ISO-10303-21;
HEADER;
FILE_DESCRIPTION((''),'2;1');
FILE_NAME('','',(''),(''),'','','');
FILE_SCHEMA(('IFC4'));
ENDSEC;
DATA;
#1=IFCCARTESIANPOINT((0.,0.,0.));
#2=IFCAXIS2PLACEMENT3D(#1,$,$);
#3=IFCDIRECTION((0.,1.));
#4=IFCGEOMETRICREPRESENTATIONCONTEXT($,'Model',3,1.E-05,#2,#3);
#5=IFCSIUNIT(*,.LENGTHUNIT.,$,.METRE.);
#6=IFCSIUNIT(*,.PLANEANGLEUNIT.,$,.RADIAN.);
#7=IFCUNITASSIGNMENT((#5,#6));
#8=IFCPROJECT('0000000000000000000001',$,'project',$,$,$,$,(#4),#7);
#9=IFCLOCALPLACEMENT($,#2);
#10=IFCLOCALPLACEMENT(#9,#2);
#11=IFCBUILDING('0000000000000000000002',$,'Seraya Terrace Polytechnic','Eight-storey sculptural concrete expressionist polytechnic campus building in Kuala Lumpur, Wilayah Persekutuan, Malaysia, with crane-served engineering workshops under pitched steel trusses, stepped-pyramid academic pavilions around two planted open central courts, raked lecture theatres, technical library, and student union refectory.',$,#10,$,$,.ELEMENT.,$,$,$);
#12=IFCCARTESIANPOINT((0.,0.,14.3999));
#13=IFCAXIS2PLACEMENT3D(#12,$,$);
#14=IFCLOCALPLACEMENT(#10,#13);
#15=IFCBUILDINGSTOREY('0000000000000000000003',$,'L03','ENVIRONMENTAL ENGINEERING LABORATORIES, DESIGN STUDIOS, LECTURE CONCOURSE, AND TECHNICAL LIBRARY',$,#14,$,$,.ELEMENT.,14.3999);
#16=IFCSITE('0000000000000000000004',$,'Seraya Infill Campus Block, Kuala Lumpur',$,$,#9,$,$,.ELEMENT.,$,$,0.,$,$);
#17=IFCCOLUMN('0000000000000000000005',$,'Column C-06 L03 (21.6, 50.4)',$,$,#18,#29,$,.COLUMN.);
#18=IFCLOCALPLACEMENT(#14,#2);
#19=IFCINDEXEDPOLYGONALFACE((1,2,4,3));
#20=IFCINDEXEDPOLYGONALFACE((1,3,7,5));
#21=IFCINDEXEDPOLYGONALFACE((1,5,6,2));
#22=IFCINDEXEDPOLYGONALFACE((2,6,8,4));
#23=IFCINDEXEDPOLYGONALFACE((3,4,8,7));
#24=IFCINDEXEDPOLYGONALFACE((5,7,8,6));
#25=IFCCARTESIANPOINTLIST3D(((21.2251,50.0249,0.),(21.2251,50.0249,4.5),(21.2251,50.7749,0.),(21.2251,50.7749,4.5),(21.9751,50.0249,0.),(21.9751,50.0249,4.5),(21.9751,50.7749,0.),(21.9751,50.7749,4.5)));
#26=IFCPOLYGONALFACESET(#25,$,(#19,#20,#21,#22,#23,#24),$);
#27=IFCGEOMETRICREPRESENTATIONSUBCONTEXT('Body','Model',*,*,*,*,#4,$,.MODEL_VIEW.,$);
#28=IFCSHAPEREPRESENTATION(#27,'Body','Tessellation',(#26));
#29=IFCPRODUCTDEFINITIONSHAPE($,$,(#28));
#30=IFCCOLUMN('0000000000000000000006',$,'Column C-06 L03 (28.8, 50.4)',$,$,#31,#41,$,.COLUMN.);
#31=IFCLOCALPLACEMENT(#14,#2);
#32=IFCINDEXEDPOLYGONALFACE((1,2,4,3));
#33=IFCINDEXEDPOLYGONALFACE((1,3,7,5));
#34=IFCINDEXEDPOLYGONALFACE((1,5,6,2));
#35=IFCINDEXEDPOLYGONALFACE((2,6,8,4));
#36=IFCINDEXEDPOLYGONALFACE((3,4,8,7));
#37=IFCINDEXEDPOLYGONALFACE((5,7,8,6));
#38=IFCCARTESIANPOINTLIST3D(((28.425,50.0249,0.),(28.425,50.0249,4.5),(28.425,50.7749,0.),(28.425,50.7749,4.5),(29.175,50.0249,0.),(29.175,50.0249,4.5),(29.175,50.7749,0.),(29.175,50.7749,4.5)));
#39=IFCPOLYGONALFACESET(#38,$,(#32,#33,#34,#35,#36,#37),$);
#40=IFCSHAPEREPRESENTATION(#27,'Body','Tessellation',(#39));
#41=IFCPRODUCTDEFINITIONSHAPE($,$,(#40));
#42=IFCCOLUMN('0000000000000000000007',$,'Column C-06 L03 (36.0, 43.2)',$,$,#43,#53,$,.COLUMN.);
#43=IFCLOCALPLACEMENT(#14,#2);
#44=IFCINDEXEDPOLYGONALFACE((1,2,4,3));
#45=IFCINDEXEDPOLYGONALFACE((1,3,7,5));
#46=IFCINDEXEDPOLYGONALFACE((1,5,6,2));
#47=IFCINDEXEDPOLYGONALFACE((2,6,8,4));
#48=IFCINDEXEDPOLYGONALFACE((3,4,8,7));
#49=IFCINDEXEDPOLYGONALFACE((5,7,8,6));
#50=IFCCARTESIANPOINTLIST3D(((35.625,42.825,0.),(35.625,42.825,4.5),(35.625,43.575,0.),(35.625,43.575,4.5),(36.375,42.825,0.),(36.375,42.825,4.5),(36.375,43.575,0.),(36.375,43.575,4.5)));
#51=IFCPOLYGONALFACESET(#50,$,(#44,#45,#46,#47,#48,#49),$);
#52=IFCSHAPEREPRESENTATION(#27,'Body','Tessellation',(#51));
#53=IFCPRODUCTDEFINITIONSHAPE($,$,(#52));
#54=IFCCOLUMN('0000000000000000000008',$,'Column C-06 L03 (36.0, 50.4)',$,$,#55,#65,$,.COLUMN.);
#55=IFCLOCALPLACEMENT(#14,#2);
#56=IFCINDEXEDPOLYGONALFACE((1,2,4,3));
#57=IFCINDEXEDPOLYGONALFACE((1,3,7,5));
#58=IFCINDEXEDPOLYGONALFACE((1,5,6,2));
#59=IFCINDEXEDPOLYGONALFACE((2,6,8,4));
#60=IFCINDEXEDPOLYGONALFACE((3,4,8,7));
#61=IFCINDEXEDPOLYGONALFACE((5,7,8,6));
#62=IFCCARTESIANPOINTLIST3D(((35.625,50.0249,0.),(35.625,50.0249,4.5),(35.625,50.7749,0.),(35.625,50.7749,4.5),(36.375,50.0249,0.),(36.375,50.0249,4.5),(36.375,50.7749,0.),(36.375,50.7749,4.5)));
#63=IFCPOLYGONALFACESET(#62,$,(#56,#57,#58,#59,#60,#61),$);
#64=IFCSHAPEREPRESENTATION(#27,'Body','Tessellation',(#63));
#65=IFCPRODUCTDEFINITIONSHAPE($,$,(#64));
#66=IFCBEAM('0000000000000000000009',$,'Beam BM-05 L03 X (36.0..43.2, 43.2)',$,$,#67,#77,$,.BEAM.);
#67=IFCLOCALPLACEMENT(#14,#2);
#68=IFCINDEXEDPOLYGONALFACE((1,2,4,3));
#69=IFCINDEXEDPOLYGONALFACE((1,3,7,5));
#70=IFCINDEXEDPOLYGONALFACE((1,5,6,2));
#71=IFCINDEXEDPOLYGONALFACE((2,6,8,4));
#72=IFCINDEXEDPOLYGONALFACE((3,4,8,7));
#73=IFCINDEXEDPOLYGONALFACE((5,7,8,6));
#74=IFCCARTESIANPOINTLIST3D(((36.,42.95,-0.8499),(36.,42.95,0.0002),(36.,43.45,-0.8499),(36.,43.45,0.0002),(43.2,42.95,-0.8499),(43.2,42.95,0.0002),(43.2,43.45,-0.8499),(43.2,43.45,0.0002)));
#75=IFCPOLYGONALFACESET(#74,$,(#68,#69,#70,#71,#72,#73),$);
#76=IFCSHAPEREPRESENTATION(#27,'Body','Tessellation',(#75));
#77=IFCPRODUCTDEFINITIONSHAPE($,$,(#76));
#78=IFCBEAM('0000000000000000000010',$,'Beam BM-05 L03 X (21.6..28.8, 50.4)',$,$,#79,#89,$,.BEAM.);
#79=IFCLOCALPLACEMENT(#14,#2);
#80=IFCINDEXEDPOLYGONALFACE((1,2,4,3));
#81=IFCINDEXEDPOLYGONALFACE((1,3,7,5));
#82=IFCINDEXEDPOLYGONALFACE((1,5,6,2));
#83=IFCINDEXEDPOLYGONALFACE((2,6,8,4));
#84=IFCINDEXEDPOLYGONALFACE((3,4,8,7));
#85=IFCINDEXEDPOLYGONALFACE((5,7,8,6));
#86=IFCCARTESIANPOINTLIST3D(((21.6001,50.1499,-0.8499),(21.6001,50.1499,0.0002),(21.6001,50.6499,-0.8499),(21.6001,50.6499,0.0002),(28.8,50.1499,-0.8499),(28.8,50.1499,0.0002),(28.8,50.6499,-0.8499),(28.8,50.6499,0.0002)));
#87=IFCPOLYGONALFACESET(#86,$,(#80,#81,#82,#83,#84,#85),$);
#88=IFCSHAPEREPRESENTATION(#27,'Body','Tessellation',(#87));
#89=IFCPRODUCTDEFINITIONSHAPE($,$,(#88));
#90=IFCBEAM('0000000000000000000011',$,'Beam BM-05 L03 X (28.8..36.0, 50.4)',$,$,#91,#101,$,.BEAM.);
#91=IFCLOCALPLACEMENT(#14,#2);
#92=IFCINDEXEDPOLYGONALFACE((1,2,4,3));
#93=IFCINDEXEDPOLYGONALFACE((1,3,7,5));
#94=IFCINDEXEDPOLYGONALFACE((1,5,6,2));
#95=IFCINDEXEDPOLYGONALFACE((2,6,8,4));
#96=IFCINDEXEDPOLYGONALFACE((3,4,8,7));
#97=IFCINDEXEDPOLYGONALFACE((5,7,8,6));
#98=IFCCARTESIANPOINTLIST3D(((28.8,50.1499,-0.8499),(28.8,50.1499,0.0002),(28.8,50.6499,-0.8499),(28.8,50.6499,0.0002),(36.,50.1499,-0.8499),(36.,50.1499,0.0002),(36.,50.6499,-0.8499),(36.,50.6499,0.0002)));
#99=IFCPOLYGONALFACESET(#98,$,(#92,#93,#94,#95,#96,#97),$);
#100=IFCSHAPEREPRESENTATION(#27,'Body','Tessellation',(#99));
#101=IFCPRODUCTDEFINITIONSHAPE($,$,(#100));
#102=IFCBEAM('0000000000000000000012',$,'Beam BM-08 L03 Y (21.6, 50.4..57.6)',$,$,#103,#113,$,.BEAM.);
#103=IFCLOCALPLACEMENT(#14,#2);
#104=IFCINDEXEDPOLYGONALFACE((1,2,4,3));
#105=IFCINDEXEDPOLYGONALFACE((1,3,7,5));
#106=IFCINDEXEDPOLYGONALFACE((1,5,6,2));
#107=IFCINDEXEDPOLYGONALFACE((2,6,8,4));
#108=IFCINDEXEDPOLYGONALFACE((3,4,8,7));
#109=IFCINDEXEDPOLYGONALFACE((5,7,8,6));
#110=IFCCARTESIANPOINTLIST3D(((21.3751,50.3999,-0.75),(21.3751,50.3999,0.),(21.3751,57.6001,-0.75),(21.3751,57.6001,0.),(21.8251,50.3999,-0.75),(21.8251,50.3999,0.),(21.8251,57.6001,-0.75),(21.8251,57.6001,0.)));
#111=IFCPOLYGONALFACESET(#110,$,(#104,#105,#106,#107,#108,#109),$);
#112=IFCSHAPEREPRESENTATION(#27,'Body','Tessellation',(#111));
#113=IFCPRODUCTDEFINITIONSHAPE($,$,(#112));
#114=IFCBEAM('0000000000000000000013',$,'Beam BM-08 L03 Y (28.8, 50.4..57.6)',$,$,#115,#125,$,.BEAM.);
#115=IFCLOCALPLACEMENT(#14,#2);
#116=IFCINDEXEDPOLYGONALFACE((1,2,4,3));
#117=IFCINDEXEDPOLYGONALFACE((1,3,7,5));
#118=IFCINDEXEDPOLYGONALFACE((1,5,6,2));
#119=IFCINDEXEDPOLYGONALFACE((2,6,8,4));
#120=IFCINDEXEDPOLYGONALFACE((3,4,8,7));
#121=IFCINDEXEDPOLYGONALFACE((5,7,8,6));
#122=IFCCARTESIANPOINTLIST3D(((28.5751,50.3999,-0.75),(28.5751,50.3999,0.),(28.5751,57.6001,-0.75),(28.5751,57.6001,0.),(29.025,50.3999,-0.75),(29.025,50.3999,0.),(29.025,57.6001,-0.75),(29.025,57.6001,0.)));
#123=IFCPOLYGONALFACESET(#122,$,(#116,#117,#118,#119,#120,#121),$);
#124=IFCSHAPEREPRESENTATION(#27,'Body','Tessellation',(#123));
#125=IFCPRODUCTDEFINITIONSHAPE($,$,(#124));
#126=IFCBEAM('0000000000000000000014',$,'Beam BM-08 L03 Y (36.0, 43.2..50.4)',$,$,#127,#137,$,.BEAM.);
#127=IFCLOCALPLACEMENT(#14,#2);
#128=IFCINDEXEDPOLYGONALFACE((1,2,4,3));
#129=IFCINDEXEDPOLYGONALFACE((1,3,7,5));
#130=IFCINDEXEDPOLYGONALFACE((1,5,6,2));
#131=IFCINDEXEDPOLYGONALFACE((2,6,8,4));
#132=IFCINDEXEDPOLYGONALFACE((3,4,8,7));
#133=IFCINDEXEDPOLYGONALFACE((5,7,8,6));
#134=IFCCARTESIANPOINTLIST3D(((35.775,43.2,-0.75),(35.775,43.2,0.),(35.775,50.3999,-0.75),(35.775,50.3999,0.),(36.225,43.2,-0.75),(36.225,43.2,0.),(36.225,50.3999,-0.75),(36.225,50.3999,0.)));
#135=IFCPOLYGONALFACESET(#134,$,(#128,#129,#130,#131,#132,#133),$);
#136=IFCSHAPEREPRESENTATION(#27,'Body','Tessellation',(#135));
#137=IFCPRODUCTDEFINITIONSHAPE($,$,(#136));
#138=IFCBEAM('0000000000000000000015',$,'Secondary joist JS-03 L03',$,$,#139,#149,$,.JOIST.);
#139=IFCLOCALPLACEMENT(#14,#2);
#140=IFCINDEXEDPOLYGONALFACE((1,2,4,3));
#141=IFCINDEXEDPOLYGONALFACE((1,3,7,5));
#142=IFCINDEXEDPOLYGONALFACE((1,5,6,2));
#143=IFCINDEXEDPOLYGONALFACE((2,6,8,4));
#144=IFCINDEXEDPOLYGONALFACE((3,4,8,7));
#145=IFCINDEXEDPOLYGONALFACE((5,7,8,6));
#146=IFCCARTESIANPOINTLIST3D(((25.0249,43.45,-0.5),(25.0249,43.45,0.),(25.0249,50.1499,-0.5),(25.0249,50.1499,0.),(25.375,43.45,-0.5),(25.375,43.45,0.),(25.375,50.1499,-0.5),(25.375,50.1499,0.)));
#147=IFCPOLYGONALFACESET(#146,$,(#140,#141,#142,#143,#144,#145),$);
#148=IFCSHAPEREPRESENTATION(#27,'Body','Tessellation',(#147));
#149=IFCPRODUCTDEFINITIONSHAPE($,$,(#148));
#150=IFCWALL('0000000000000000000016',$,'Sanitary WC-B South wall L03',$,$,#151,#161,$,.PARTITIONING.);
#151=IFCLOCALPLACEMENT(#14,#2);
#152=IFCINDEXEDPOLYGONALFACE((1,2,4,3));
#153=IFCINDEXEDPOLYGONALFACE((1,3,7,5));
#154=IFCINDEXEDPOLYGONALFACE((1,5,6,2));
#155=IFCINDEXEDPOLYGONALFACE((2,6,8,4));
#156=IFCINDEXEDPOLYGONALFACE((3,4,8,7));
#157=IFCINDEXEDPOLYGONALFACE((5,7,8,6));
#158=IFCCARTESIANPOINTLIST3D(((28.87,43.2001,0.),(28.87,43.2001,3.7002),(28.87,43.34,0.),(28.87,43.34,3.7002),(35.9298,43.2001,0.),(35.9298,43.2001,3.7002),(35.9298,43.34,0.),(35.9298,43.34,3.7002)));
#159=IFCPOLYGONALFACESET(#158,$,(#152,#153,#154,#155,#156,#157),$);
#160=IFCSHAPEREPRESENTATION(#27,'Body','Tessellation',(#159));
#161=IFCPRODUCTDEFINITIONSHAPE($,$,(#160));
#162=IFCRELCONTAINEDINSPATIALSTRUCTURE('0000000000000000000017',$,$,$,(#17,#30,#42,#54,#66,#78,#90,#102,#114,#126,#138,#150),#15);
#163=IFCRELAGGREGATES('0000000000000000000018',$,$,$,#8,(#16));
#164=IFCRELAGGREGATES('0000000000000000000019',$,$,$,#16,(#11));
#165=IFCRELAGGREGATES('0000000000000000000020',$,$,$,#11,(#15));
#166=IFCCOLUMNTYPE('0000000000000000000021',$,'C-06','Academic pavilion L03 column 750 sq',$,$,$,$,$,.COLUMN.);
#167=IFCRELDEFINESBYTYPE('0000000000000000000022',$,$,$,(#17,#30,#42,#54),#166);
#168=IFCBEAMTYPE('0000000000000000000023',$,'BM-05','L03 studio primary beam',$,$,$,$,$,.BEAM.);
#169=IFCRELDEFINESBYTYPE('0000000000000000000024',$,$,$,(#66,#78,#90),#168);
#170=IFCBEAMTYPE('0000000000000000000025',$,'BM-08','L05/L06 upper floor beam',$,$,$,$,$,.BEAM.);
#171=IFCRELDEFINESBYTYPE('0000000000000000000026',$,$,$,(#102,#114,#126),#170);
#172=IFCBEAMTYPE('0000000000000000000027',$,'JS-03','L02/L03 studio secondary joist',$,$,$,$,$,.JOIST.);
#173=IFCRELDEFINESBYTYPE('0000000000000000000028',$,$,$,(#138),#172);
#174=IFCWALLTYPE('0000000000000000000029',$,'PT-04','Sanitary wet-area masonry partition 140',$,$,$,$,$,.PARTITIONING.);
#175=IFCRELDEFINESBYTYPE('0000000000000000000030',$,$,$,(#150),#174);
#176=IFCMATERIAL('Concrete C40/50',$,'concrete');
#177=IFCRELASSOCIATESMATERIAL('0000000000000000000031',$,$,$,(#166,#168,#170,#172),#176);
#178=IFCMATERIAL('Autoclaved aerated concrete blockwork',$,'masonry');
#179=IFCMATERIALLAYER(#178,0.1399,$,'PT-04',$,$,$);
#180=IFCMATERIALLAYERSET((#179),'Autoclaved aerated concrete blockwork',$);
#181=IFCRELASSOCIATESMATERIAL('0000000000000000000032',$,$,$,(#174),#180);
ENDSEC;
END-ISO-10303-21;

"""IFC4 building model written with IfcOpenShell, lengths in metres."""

from ifc_helpers import new_model, si_unit, direction, frame, frame_2d, origin, origin_2d, place, context, subcontext, project, spatial, rectangle, extrude, material, layer, layer_set, material_profile, profile_set, type_object, element, save


model = new_model("IFC4")

# Units and contexts
model_context = context("Model", 3, precision=1e-05, world=origin(), true_north=direction((0.0, 1.0)))
body_context = subcontext(model_context, "Body", "Model", "MODEL_VIEW")
ifc_project = project(units=[si_unit("LENGTHUNIT", "METRE"), si_unit("PLANEANGLEUNIT", "RADIAN")], contexts=[model_context])

# Site, building, storey
site_placement = place(None, origin())
site = spatial("IfcSite", under=ifc_project, at=site_placement, Name="Seraya Infill Campus Block, Kuala Lumpur", CompositionType="ELEMENT", RefElevation=0.0)
building_placement = place(site_placement, origin())
building = spatial("IfcBuilding", under=site, at=building_placement, Name="Seraya Terrace Polytechnic", Description="Eight-storey sculptural concrete expressionist polytechnic campus building in Kuala Lumpur, Wilayah Persekutuan, Malaysia, with crane-served engineering workshops under pitched steel trusses, stepped-pyramid academic pavilions around two planted open central courts, raked lecture theatres, technical library, and student union refectory.", CompositionType="ELEMENT")
storey_placement = place(building_placement, frame((0.0, 0.0, 14.3999)))
storey = spatial("IfcBuildingStorey", under=building, at=storey_placement, Name="L03", Description="ENVIRONMENTAL ENGINEERING LABORATORIES, DESIGN STUDIOS, LECTURE CONCOURSE, AND TECHNICAL LIBRARY", CompositionType="ELEMENT", Elevation=14.3999)

# Columns
ifc_material_1 = material(Name="Concrete C40/50", Category="concrete")
ifc_material_profile_1 = material_profile(ifc_material_1, rectangle(XDim=0.75, YDim=0.75, at=origin_2d()), Name="RC 750x750")
ifc_profile_set_1 = profile_set([ifc_material_profile_1], Name="Concrete C40/50")
column_type = type_object("IfcColumnType", Name="C-06", Description="Academic pavilion L03 column 750 sq", PredefinedType="COLUMN", material=ifc_profile_set_1)
for number, where, z_axis, x_axis, name in (
    (1, (21.6001, 50.3999, 0.0), (0.0, 0.0, 1.0), (1.0, 0.0, 0.0), "Column C-06 L03 (21.6, 50.4)"),
    (2, (28.8, 50.3999, 0.0), (0.0, 0.0, 1.0), (1.0, 0.0, 0.0), "Column C-06 L03 (28.8, 50.4)"),
    (3, (36.0, 43.2, 0.0), (0.0, 0.0, 1.0), (1.0, 0.0, 0.0), "Column C-06 L03 (36.0, 43.2)"),
    (4, (36.0, 50.3999, 0.0), (0.0, 0.0, 1.0), (1.0, 0.0, 0.0), "Column C-06 L03 (36.0, 50.4)"),
):
    element("IfcColumn", number, at=place(storey_placement, frame(where, z_axis=z_axis, x_axis=x_axis)), inside=storey, type_object=column_type, Name=name, PredefinedType="COLUMN", context=body_context, shape_type="SweptSolid", body=[
        extrude(rectangle(XDim=0.75, YDim=0.75, at=origin_2d()), origin(), (0.0, 0.0, 1.0), 4.5),
    ])

# Beams
ifc_material_profile_2 = material_profile(ifc_material_1, rectangle(XDim=0.5, YDim=0.8501, at=origin_2d()), Name="RC 500x850")
ifc_profile_set_2 = profile_set([ifc_material_profile_2], Name="Concrete C40/50")
beam_type_1 = type_object("IfcBeamType", Name="BM-05", Description="L03 studio primary beam", PredefinedType="BEAM", material=ifc_profile_set_2)
for number, where, z_axis, x_axis, name in (
    (5, (36.0, 43.2, -0.4248), (1.0, 0.0, 0.0), (0.0, 1.0, 0.0), "Beam BM-05 L03 X (36.0..43.2, 43.2)"),
    (6, (21.6001, 50.3999, -0.4248), (1.0, 0.0, 0.0), (0.0, 1.0, 0.0), "Beam BM-05 L03 X (21.6..28.8, 50.4)"),
    (7, (28.8, 50.3999, -0.4248), (1.0, 0.0, 0.0), (0.0, 1.0, 0.0), "Beam BM-05 L03 X (28.8..36.0, 50.4)"),
):
    element("IfcBeam", number, at=place(storey_placement, frame(where, z_axis=z_axis, x_axis=x_axis)), inside=storey, type_object=beam_type_1, Name=name, PredefinedType="BEAM", context=body_context, shape_type="SweptSolid", body=[
        extrude(rectangle(XDim=0.5, YDim=0.8501, at=origin_2d()), origin(), (0.0, 0.0, 1.0), 7.2),
    ])
ifc_material_profile_3 = material_profile(ifc_material_1, rectangle(XDim=0.45, YDim=0.75, at=origin_2d()), Name="RC 450x750")
ifc_profile_set_3 = profile_set([ifc_material_profile_3], Name="Concrete C40/50")
beam_type_2 = type_object("IfcBeamType", Name="BM-08", Description="L05/L06 upper floor beam", PredefinedType="BEAM", material=ifc_profile_set_3)
for number, where, z_axis, x_axis, name in (
    (8, (21.6001, 50.3999, -0.375), (0.0, 1.0, 0.0), (-1.0, 0.0, 0.0), "Beam BM-08 L03 Y (21.6, 50.4..57.6)"),
    (9, (28.8, 50.3999, -0.375), (0.0, 1.0, 0.0), (-1.0, 0.0, 0.0), "Beam BM-08 L03 Y (28.8, 50.4..57.6)"),
):
    element("IfcBeam", number, at=place(storey_placement, frame(where, z_axis=z_axis, x_axis=x_axis)), inside=storey, type_object=beam_type_2, Name=name, PredefinedType="BEAM", context=body_context, shape_type="SweptSolid", body=[
        extrude(rectangle(XDim=0.45, YDim=0.75, at=origin_2d()), origin(), (0.0, 0.0, 1.0), 7.2002),
    ])
beam_1_placement = place(storey_placement, frame((36.0, 43.2, -0.375), z_axis=(0.0, 1.0, 0.0), x_axis=(-1.0, 0.0, 0.0)))
element("IfcBeam", 10, at=beam_1_placement, inside=storey, type_object=beam_type_2, Name="Beam BM-08 L03 Y (36.0, 43.2..50.4)", PredefinedType="BEAM", context=body_context, shape_type="SweptSolid", body=[
    extrude(rectangle(XDim=0.45, YDim=0.75, at=origin_2d()), origin(), (0.0, 0.0, 1.0), 7.2),
])
ifc_material_profile_4 = material_profile(ifc_material_1, rectangle(XDim=0.3501, YDim=0.5, at=origin_2d()), Name="RC 350x500")
ifc_profile_set_4 = profile_set([ifc_material_profile_4], Name="Concrete C40/50")
beam_type_3 = type_object("IfcBeamType", Name="JS-03", Description="L02/L03 studio secondary joist", PredefinedType="JOIST", material=ifc_profile_set_4)
beam_2_placement = place(storey_placement, frame((25.2, 43.45, -0.25), z_axis=(0.0, 1.0, 0.0), x_axis=(-1.0, 0.0, 0.0)))
element("IfcBeam", 11, at=beam_2_placement, inside=storey, type_object=beam_type_3, Name="Secondary joist JS-03 L03", PredefinedType="JOIST", context=body_context, shape_type="SweptSolid", body=[
    extrude(rectangle(XDim=0.3501, YDim=0.5, at=origin_2d()), origin(), (0.0, 0.0, 1.0), 6.7),
])

# Wall
ifc_material_2 = material(Name="Autoclaved aerated concrete blockwork", Category="masonry")
ifc_layer = layer(ifc_material_2, 0.1399, Name="PT-04")
ifc_layer_set = layer_set([ifc_layer], Name="Autoclaved aerated concrete blockwork")
wall_type = type_object("IfcWallType", Name="PT-04", Description="Sanitary wet-area masonry partition 140", PredefinedType="PARTITIONING", material=ifc_layer_set)
wall_1_placement = place(storey_placement, frame((28.8701, 43.27, 0.0), z_axis=(0.0, 0.0, 1.0), x_axis=(1.0, 0.0, 0.0)))
element("IfcWall", 12, at=wall_1_placement, inside=storey, type_object=wall_type, Name="Sanitary WC-B South wall L03", PredefinedType="PARTITIONING", context=body_context, shape_type="SweptSolid", body=[
    extrude(rectangle(XDim=7.0598, YDim=0.1399, at=frame_2d((3.5298, 0.0))), origin(), (0.0, 0.0, 1.0), 3.7002),
])

save(model, "model.ifc")
